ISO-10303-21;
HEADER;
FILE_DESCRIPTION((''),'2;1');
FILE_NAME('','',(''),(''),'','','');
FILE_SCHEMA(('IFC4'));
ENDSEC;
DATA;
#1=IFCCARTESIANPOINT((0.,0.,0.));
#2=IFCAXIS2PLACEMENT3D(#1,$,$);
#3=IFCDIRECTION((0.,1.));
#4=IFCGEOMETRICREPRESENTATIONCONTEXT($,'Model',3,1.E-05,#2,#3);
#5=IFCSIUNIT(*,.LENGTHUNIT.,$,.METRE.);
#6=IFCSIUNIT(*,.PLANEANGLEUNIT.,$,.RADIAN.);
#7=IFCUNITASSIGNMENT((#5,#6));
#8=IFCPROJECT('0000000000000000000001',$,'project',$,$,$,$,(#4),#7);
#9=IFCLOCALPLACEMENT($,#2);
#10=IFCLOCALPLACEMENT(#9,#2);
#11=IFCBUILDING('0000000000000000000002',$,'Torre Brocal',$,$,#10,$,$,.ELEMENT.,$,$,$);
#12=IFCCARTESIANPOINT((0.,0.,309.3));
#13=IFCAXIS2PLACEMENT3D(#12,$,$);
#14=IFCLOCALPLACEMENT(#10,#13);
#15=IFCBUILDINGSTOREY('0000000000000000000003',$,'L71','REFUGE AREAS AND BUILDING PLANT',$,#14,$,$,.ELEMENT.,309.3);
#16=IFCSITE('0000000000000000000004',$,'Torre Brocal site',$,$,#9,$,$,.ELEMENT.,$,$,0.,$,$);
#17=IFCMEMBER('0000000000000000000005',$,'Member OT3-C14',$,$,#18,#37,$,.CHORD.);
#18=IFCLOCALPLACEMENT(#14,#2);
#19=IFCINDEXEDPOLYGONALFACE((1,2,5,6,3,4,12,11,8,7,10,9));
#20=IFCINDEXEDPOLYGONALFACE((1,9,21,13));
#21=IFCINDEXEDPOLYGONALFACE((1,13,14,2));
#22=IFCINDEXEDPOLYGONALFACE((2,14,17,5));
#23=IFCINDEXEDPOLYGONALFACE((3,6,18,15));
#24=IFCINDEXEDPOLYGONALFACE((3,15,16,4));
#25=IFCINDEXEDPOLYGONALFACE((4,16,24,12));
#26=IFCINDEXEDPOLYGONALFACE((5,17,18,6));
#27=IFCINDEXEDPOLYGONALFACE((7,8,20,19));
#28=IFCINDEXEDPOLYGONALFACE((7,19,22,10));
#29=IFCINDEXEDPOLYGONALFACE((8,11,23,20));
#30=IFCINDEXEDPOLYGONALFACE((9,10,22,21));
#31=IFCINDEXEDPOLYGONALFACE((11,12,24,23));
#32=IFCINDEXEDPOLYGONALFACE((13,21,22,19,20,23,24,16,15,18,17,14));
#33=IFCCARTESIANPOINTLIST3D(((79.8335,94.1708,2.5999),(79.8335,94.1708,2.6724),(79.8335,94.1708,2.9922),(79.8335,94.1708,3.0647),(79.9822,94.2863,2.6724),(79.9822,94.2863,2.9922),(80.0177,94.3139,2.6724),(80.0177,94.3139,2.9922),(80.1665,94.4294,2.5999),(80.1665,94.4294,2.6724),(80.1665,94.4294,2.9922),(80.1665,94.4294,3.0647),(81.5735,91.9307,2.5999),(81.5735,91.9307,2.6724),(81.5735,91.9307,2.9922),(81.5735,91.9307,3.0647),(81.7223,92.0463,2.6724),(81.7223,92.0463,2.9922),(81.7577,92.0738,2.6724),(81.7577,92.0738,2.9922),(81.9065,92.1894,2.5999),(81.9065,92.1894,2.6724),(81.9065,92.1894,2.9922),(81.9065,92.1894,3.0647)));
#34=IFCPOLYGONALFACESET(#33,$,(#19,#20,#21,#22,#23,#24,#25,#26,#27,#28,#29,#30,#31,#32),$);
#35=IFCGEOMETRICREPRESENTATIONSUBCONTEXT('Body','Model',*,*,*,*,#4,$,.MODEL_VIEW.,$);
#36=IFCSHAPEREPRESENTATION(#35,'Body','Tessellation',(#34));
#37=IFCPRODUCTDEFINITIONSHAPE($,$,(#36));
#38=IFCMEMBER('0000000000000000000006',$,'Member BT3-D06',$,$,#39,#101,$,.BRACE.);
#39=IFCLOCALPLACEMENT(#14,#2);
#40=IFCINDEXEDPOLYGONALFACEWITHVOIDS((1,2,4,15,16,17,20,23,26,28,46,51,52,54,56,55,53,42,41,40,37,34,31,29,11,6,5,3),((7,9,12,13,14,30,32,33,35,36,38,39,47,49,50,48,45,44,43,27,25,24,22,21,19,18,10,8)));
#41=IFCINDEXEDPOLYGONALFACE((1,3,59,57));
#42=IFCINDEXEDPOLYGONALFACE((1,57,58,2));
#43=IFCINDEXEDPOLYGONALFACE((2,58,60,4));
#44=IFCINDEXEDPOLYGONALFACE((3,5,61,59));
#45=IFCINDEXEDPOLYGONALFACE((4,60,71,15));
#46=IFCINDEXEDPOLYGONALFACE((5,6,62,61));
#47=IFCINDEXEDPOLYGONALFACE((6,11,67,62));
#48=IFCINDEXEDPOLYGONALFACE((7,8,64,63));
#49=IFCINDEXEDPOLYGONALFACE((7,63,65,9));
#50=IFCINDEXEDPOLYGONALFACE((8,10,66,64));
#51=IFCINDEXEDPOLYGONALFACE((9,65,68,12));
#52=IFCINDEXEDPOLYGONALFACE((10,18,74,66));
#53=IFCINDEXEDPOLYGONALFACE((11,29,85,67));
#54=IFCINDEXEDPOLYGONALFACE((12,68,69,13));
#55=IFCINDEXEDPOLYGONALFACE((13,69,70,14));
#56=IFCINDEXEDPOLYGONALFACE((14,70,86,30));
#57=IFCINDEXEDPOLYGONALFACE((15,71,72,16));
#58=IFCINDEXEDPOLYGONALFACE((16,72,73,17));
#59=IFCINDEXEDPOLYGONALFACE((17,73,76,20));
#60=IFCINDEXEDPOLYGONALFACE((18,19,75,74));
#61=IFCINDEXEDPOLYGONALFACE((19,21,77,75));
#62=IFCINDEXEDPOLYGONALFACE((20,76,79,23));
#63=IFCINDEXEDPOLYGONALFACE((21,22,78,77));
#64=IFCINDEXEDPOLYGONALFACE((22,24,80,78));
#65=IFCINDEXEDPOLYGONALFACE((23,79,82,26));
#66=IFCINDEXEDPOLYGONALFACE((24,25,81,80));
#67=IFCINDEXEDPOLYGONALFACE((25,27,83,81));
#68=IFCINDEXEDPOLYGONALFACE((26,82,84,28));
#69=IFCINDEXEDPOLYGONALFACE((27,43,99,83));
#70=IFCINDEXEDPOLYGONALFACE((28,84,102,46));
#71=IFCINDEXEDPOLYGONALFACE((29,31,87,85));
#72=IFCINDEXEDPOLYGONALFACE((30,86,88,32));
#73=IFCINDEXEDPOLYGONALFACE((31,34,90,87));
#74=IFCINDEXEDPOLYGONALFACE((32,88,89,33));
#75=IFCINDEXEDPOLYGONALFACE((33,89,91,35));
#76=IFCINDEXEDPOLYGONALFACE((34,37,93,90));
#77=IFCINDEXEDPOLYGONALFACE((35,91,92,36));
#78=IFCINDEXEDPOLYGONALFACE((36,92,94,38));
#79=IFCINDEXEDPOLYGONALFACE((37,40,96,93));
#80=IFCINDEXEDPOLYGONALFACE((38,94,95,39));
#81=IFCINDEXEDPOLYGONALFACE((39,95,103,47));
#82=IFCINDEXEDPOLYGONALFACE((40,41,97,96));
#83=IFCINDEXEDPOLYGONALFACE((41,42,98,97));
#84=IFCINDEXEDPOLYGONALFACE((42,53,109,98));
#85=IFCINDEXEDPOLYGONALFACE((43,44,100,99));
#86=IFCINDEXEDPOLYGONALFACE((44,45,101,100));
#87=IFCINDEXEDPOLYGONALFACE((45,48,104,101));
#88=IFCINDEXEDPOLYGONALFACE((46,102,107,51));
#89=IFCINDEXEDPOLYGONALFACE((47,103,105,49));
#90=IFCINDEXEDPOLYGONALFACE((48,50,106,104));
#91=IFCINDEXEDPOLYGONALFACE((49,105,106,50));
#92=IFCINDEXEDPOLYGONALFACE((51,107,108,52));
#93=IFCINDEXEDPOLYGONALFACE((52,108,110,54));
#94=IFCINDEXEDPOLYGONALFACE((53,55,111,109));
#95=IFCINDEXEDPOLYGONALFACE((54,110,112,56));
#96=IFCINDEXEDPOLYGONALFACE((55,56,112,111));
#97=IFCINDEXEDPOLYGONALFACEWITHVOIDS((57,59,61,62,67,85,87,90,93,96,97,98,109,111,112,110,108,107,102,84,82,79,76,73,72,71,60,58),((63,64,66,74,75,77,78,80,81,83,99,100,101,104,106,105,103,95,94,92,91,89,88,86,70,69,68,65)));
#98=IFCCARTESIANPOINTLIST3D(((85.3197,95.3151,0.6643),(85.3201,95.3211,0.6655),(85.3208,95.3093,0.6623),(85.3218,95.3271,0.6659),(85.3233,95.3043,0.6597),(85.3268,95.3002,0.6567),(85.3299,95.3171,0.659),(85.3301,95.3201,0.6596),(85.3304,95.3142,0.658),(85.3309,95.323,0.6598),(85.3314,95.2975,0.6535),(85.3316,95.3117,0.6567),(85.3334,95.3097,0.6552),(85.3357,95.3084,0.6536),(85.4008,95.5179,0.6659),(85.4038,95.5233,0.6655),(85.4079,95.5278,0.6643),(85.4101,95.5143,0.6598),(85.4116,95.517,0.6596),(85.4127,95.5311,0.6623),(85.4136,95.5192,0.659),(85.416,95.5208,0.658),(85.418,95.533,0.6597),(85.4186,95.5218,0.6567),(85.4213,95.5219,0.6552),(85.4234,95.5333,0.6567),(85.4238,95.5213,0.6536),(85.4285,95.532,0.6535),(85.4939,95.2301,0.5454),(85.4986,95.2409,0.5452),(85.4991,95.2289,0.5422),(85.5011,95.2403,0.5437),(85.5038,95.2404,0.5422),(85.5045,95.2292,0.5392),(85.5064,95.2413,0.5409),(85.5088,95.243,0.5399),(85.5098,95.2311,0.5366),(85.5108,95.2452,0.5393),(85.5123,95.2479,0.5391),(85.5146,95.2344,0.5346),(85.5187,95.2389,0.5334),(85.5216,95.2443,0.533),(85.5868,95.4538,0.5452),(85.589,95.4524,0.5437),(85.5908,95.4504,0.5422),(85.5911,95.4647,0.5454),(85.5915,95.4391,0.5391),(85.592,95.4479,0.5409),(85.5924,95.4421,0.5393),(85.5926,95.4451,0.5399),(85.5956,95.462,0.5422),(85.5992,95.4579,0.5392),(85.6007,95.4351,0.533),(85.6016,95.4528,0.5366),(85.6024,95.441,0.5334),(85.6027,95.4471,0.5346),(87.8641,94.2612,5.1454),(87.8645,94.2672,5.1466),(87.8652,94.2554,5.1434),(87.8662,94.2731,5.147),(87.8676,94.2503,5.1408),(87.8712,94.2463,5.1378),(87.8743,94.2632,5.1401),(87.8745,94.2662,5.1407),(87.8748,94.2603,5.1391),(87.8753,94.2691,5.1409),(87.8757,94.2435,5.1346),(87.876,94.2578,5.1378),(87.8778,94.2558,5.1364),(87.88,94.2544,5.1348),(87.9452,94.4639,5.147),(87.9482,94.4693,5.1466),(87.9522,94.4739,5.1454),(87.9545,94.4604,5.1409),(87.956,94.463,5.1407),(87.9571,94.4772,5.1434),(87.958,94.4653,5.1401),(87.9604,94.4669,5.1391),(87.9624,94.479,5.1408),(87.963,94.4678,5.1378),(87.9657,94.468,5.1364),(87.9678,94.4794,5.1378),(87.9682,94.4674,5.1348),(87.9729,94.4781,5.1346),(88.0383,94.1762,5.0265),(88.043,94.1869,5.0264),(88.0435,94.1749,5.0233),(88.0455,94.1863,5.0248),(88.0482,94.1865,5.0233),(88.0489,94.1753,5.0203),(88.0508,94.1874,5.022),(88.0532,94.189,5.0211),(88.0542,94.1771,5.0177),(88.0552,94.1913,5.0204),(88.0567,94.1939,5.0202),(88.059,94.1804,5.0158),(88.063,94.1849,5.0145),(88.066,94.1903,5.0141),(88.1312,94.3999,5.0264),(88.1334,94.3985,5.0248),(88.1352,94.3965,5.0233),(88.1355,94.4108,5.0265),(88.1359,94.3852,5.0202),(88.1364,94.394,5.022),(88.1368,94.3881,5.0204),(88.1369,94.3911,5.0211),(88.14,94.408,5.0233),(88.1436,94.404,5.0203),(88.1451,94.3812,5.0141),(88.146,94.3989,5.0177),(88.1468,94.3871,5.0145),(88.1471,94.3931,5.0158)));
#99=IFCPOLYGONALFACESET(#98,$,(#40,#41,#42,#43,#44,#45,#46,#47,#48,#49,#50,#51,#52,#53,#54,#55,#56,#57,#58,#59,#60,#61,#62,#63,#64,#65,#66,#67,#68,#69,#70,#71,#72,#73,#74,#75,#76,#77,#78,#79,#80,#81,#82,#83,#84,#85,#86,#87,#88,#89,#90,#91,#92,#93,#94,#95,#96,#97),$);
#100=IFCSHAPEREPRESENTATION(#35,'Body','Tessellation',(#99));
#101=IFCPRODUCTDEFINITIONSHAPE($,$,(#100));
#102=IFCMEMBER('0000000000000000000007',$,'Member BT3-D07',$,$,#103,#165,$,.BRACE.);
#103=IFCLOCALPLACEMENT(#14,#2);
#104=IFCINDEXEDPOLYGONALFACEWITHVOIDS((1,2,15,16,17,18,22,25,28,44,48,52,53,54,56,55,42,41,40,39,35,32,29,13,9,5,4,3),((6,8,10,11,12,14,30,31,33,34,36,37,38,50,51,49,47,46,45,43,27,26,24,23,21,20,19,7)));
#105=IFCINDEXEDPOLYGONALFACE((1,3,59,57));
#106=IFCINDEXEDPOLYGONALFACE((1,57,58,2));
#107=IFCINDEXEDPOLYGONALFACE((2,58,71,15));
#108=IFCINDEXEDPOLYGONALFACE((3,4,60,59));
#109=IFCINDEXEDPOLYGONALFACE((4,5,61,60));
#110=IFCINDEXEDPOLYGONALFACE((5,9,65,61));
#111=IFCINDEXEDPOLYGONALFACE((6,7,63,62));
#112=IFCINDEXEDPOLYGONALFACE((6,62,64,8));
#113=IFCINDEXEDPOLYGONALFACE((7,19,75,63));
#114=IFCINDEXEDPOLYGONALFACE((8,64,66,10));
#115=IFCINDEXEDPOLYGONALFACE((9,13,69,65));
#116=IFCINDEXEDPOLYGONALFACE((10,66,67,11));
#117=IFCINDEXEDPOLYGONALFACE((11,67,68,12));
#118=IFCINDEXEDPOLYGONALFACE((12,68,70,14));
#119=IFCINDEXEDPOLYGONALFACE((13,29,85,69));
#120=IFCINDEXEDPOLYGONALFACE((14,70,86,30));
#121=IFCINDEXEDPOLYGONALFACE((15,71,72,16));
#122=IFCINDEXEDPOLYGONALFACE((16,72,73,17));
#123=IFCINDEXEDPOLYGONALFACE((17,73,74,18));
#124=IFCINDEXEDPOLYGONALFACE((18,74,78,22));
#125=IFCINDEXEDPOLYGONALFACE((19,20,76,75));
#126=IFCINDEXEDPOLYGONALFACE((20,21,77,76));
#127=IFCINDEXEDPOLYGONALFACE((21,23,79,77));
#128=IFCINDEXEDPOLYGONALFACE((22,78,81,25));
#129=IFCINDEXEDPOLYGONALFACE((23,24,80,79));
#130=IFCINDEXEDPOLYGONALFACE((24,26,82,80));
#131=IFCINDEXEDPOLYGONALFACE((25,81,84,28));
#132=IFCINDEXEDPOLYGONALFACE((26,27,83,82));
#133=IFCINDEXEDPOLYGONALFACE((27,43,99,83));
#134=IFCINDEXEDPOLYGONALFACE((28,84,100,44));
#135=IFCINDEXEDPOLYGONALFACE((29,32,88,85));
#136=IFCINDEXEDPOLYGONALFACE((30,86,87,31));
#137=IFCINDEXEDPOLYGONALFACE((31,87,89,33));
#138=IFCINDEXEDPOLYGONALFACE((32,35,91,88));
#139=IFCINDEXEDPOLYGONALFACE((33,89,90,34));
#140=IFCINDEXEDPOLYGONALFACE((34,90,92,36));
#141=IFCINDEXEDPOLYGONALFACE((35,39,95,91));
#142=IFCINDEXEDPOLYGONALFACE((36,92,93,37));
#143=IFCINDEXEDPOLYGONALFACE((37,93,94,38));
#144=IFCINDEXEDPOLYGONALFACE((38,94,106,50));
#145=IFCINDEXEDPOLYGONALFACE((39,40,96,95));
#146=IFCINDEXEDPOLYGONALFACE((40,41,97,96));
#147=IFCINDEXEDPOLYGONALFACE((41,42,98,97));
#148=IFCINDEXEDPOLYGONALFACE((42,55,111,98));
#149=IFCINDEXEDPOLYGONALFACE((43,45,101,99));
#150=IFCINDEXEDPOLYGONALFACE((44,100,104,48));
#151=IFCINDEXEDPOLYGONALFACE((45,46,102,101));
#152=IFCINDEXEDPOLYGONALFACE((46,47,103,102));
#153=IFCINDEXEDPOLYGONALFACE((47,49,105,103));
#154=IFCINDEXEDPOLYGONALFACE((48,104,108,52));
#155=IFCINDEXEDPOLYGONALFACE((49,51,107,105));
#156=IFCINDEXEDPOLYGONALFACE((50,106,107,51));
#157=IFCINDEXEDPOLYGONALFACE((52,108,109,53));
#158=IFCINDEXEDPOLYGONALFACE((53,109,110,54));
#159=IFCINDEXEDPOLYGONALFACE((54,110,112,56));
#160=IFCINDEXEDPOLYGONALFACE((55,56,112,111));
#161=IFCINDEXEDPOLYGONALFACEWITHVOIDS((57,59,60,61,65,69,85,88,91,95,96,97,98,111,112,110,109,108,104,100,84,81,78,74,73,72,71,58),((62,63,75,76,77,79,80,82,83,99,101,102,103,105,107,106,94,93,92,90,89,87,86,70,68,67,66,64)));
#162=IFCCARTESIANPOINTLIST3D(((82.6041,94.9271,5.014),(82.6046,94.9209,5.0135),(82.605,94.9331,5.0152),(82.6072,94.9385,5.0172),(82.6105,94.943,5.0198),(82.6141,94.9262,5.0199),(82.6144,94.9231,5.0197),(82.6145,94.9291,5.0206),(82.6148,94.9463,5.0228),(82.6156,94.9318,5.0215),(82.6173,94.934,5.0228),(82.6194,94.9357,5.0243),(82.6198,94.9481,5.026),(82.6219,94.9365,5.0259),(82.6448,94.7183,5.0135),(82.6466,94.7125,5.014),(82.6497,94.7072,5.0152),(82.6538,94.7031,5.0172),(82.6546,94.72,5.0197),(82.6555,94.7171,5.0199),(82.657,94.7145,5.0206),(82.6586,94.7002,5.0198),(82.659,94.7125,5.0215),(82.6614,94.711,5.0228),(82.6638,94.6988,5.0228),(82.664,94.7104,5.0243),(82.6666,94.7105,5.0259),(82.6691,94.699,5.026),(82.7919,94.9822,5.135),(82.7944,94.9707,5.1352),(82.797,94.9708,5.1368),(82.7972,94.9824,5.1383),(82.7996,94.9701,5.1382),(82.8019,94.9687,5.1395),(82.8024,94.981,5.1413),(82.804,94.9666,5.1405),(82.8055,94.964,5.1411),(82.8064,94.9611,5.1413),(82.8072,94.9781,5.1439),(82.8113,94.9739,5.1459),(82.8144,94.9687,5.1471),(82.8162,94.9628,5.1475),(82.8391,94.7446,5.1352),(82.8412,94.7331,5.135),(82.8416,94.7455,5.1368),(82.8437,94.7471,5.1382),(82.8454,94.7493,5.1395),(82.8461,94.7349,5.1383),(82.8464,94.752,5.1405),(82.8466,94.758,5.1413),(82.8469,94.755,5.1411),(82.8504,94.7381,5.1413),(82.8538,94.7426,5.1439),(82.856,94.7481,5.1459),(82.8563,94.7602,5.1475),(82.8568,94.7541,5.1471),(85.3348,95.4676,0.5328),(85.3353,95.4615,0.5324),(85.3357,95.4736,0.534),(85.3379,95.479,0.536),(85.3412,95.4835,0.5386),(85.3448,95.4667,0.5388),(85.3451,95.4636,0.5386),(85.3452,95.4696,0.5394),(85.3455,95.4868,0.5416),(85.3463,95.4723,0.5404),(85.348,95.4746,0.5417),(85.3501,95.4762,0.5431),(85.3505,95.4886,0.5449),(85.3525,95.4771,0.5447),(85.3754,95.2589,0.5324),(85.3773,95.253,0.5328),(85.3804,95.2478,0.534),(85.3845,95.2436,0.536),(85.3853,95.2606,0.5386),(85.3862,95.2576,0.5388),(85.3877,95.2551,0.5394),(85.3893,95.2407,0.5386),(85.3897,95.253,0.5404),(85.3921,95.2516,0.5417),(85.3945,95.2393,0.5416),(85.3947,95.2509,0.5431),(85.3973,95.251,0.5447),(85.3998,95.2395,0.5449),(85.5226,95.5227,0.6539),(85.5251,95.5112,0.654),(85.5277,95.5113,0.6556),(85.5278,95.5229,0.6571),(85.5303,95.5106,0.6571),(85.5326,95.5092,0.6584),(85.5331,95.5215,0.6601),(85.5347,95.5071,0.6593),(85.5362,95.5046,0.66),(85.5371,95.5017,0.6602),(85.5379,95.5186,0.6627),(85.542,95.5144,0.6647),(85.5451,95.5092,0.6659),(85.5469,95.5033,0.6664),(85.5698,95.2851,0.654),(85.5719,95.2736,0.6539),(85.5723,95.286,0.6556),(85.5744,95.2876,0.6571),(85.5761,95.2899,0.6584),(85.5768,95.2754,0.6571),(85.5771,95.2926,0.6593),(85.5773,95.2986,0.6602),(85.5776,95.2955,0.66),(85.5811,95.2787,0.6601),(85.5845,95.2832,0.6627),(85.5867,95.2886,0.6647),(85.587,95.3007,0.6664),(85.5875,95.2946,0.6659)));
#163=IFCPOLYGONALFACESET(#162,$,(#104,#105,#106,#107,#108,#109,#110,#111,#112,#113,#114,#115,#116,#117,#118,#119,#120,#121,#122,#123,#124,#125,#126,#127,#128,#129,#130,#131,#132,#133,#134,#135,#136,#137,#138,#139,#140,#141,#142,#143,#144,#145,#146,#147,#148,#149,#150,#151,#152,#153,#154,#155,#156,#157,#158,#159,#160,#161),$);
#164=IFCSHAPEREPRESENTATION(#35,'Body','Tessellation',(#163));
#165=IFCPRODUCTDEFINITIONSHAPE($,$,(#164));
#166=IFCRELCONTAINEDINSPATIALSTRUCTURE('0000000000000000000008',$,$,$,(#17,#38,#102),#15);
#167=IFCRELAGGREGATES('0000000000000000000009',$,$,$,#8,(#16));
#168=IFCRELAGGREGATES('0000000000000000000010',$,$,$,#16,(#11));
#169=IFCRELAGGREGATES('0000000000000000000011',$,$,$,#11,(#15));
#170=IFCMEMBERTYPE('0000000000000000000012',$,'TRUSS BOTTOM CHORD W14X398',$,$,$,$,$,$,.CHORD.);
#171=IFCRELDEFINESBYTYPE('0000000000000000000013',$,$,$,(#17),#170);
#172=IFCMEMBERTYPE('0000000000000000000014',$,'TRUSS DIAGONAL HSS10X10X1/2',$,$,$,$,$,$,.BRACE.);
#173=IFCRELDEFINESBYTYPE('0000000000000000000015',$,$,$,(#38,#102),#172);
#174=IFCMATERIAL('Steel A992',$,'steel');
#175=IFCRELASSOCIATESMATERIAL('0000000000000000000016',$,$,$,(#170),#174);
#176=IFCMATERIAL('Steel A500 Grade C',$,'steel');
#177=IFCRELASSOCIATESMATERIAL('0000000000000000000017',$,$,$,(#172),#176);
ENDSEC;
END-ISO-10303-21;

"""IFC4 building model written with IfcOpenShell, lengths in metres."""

from ifc_helpers import new_model, si_unit, direction, frame, origin, origin_2d, place, context, subcontext, project, spatial, hollow_rectangle, i_section, extrude, material, material_profile, profile_set, type_object, element, save


model = new_model("IFC4")

# Units and contexts
model_context = context("Model", 3, precision=1e-05, world=origin(), true_north=direction((0.0, 1.0)))
body_context = subcontext(model_context, "Body", "Model", "MODEL_VIEW")
ifc_project = project(units=[si_unit("LENGTHUNIT", "METRE"), si_unit("PLANEANGLEUNIT", "RADIAN")], contexts=[model_context])

# Site, building, storey
site_placement = place(None, origin())
site = spatial("IfcSite", under=ifc_project, at=site_placement, Name="Torre Brocal site", CompositionType="ELEMENT", RefElevation=0.0)
building_placement = place(site_placement, origin())
building = spatial("IfcBuilding", under=site, at=building_placement, Name="Torre Brocal", CompositionType="ELEMENT")
storey_placement = place(building_placement, frame((0.0, 0.0, 309.3)))
storey = spatial("IfcBuildingStorey", under=building, at=storey_placement, Name="L71", Description="REFUGE AREAS AND BUILDING PLANT", CompositionType="ELEMENT", Elevation=309.3)

# Members
ifc_material_1 = material(Name="Steel A992", Category="steel")
ifc_material_profile_1 = material_profile(ifc_material_1, i_section(OverallWidth=0.4216, OverallDepth=0.4648, WebThickness=0.0449, FlangeThickness=0.0725, at=origin_2d()), Name="W14X398")
ifc_profile_set_1 = profile_set([ifc_material_profile_1], Name="Steel A992")
member_type_1 = type_object("IfcMemberType", Name="TRUSS BOTTOM CHORD W14X398", PredefinedType="CHORD", material=ifc_profile_set_1)
for number, where, z_axis, x_axis, name in (
    (1, (81.74, 92.0601, 2.8323), (-0.613452, 0.789732, 0.0), (-0.789732, -0.613452, 0.0), "Member OT3-C14"),
):
    element("IfcMember", number, at=place(storey_placement, frame(where, z_axis=z_axis, x_axis=x_axis)), inside=storey, type_object=member_type_1, Name=name, PredefinedType="CHORD", context=body_context, shape_type="SweptSolid", body=[
        extrude(i_section(OverallWidth=0.4216, OverallDepth=0.4648, WebThickness=0.0449, FlangeThickness=0.0725, at=origin_2d()), origin(), (0.0, 0.0, 1.0), 2.8364),
    ])
ifc_material_2 = material(Name="Steel A500 Grade C", Category="steel")
ifc_material_profile_2 = material_profile(ifc_material_2, hollow_rectangle(XDim=0.2539, YDim=0.2539, WallThickness=0.0117, InnerFilletRadius=0.0117, OuterFilletRadius=0.0237, at=origin_2d()), Name="HSS10X10X1/2")
ifc_profile_set_2 = profile_set([ifc_material_profile_2], Name="Steel A500 Grade C")
member_type_2 = type_object("IfcMemberType", Name="TRUSS DIAGONAL HSS10X10X1/2", PredefinedType="BRACE", material=ifc_profile_set_2)
member_1_placement = place(storey_placement, frame((88.0056, 94.3271, 5.0806), z_axis=(-0.483745, 0.200377, -0.851962), x_axis=(-0.382688, -0.923877, 0.0)))
element("IfcMember", 2, at=member_1_placement, inside=storey, type_object=member_type_2, Name="Member BT3-D06", PredefinedType="BRACE", context=body_context, shape_type="SweptSolid", body=[
    extrude(hollow_rectangle(XDim=0.2539, YDim=0.2539, WallThickness=0.0117, InnerFilletRadius=0.0117, OuterFilletRadius=0.0237, at=origin_2d()), origin(), (0.0, 0.0, 1.0), 5.2598),
])
for number, where, z_axis, x_axis, name in (
    (3, (85.4612, 95.3811, 0.5994), (-0.517629, -0.102461, 0.849448), (0.194176, -0.980967, 0.0), "Member BT3-D07"),
):
    element("IfcMember", number, at=place(storey_placement, frame(where, z_axis=z_axis, x_axis=x_axis)), inside=storey, type_object=member_type_2, Name=name, PredefinedType="BRACE", context=body_context, shape_type="SweptSolid", body=[
        extrude(hollow_rectangle(XDim=0.2539, YDim=0.2539, WallThickness=0.0117, InnerFilletRadius=0.0117, OuterFilletRadius=0.0237, at=origin_2d()), origin(), (0.0, 0.0, 1.0), 5.2754),
    ])

save(model, "model.ifc")
